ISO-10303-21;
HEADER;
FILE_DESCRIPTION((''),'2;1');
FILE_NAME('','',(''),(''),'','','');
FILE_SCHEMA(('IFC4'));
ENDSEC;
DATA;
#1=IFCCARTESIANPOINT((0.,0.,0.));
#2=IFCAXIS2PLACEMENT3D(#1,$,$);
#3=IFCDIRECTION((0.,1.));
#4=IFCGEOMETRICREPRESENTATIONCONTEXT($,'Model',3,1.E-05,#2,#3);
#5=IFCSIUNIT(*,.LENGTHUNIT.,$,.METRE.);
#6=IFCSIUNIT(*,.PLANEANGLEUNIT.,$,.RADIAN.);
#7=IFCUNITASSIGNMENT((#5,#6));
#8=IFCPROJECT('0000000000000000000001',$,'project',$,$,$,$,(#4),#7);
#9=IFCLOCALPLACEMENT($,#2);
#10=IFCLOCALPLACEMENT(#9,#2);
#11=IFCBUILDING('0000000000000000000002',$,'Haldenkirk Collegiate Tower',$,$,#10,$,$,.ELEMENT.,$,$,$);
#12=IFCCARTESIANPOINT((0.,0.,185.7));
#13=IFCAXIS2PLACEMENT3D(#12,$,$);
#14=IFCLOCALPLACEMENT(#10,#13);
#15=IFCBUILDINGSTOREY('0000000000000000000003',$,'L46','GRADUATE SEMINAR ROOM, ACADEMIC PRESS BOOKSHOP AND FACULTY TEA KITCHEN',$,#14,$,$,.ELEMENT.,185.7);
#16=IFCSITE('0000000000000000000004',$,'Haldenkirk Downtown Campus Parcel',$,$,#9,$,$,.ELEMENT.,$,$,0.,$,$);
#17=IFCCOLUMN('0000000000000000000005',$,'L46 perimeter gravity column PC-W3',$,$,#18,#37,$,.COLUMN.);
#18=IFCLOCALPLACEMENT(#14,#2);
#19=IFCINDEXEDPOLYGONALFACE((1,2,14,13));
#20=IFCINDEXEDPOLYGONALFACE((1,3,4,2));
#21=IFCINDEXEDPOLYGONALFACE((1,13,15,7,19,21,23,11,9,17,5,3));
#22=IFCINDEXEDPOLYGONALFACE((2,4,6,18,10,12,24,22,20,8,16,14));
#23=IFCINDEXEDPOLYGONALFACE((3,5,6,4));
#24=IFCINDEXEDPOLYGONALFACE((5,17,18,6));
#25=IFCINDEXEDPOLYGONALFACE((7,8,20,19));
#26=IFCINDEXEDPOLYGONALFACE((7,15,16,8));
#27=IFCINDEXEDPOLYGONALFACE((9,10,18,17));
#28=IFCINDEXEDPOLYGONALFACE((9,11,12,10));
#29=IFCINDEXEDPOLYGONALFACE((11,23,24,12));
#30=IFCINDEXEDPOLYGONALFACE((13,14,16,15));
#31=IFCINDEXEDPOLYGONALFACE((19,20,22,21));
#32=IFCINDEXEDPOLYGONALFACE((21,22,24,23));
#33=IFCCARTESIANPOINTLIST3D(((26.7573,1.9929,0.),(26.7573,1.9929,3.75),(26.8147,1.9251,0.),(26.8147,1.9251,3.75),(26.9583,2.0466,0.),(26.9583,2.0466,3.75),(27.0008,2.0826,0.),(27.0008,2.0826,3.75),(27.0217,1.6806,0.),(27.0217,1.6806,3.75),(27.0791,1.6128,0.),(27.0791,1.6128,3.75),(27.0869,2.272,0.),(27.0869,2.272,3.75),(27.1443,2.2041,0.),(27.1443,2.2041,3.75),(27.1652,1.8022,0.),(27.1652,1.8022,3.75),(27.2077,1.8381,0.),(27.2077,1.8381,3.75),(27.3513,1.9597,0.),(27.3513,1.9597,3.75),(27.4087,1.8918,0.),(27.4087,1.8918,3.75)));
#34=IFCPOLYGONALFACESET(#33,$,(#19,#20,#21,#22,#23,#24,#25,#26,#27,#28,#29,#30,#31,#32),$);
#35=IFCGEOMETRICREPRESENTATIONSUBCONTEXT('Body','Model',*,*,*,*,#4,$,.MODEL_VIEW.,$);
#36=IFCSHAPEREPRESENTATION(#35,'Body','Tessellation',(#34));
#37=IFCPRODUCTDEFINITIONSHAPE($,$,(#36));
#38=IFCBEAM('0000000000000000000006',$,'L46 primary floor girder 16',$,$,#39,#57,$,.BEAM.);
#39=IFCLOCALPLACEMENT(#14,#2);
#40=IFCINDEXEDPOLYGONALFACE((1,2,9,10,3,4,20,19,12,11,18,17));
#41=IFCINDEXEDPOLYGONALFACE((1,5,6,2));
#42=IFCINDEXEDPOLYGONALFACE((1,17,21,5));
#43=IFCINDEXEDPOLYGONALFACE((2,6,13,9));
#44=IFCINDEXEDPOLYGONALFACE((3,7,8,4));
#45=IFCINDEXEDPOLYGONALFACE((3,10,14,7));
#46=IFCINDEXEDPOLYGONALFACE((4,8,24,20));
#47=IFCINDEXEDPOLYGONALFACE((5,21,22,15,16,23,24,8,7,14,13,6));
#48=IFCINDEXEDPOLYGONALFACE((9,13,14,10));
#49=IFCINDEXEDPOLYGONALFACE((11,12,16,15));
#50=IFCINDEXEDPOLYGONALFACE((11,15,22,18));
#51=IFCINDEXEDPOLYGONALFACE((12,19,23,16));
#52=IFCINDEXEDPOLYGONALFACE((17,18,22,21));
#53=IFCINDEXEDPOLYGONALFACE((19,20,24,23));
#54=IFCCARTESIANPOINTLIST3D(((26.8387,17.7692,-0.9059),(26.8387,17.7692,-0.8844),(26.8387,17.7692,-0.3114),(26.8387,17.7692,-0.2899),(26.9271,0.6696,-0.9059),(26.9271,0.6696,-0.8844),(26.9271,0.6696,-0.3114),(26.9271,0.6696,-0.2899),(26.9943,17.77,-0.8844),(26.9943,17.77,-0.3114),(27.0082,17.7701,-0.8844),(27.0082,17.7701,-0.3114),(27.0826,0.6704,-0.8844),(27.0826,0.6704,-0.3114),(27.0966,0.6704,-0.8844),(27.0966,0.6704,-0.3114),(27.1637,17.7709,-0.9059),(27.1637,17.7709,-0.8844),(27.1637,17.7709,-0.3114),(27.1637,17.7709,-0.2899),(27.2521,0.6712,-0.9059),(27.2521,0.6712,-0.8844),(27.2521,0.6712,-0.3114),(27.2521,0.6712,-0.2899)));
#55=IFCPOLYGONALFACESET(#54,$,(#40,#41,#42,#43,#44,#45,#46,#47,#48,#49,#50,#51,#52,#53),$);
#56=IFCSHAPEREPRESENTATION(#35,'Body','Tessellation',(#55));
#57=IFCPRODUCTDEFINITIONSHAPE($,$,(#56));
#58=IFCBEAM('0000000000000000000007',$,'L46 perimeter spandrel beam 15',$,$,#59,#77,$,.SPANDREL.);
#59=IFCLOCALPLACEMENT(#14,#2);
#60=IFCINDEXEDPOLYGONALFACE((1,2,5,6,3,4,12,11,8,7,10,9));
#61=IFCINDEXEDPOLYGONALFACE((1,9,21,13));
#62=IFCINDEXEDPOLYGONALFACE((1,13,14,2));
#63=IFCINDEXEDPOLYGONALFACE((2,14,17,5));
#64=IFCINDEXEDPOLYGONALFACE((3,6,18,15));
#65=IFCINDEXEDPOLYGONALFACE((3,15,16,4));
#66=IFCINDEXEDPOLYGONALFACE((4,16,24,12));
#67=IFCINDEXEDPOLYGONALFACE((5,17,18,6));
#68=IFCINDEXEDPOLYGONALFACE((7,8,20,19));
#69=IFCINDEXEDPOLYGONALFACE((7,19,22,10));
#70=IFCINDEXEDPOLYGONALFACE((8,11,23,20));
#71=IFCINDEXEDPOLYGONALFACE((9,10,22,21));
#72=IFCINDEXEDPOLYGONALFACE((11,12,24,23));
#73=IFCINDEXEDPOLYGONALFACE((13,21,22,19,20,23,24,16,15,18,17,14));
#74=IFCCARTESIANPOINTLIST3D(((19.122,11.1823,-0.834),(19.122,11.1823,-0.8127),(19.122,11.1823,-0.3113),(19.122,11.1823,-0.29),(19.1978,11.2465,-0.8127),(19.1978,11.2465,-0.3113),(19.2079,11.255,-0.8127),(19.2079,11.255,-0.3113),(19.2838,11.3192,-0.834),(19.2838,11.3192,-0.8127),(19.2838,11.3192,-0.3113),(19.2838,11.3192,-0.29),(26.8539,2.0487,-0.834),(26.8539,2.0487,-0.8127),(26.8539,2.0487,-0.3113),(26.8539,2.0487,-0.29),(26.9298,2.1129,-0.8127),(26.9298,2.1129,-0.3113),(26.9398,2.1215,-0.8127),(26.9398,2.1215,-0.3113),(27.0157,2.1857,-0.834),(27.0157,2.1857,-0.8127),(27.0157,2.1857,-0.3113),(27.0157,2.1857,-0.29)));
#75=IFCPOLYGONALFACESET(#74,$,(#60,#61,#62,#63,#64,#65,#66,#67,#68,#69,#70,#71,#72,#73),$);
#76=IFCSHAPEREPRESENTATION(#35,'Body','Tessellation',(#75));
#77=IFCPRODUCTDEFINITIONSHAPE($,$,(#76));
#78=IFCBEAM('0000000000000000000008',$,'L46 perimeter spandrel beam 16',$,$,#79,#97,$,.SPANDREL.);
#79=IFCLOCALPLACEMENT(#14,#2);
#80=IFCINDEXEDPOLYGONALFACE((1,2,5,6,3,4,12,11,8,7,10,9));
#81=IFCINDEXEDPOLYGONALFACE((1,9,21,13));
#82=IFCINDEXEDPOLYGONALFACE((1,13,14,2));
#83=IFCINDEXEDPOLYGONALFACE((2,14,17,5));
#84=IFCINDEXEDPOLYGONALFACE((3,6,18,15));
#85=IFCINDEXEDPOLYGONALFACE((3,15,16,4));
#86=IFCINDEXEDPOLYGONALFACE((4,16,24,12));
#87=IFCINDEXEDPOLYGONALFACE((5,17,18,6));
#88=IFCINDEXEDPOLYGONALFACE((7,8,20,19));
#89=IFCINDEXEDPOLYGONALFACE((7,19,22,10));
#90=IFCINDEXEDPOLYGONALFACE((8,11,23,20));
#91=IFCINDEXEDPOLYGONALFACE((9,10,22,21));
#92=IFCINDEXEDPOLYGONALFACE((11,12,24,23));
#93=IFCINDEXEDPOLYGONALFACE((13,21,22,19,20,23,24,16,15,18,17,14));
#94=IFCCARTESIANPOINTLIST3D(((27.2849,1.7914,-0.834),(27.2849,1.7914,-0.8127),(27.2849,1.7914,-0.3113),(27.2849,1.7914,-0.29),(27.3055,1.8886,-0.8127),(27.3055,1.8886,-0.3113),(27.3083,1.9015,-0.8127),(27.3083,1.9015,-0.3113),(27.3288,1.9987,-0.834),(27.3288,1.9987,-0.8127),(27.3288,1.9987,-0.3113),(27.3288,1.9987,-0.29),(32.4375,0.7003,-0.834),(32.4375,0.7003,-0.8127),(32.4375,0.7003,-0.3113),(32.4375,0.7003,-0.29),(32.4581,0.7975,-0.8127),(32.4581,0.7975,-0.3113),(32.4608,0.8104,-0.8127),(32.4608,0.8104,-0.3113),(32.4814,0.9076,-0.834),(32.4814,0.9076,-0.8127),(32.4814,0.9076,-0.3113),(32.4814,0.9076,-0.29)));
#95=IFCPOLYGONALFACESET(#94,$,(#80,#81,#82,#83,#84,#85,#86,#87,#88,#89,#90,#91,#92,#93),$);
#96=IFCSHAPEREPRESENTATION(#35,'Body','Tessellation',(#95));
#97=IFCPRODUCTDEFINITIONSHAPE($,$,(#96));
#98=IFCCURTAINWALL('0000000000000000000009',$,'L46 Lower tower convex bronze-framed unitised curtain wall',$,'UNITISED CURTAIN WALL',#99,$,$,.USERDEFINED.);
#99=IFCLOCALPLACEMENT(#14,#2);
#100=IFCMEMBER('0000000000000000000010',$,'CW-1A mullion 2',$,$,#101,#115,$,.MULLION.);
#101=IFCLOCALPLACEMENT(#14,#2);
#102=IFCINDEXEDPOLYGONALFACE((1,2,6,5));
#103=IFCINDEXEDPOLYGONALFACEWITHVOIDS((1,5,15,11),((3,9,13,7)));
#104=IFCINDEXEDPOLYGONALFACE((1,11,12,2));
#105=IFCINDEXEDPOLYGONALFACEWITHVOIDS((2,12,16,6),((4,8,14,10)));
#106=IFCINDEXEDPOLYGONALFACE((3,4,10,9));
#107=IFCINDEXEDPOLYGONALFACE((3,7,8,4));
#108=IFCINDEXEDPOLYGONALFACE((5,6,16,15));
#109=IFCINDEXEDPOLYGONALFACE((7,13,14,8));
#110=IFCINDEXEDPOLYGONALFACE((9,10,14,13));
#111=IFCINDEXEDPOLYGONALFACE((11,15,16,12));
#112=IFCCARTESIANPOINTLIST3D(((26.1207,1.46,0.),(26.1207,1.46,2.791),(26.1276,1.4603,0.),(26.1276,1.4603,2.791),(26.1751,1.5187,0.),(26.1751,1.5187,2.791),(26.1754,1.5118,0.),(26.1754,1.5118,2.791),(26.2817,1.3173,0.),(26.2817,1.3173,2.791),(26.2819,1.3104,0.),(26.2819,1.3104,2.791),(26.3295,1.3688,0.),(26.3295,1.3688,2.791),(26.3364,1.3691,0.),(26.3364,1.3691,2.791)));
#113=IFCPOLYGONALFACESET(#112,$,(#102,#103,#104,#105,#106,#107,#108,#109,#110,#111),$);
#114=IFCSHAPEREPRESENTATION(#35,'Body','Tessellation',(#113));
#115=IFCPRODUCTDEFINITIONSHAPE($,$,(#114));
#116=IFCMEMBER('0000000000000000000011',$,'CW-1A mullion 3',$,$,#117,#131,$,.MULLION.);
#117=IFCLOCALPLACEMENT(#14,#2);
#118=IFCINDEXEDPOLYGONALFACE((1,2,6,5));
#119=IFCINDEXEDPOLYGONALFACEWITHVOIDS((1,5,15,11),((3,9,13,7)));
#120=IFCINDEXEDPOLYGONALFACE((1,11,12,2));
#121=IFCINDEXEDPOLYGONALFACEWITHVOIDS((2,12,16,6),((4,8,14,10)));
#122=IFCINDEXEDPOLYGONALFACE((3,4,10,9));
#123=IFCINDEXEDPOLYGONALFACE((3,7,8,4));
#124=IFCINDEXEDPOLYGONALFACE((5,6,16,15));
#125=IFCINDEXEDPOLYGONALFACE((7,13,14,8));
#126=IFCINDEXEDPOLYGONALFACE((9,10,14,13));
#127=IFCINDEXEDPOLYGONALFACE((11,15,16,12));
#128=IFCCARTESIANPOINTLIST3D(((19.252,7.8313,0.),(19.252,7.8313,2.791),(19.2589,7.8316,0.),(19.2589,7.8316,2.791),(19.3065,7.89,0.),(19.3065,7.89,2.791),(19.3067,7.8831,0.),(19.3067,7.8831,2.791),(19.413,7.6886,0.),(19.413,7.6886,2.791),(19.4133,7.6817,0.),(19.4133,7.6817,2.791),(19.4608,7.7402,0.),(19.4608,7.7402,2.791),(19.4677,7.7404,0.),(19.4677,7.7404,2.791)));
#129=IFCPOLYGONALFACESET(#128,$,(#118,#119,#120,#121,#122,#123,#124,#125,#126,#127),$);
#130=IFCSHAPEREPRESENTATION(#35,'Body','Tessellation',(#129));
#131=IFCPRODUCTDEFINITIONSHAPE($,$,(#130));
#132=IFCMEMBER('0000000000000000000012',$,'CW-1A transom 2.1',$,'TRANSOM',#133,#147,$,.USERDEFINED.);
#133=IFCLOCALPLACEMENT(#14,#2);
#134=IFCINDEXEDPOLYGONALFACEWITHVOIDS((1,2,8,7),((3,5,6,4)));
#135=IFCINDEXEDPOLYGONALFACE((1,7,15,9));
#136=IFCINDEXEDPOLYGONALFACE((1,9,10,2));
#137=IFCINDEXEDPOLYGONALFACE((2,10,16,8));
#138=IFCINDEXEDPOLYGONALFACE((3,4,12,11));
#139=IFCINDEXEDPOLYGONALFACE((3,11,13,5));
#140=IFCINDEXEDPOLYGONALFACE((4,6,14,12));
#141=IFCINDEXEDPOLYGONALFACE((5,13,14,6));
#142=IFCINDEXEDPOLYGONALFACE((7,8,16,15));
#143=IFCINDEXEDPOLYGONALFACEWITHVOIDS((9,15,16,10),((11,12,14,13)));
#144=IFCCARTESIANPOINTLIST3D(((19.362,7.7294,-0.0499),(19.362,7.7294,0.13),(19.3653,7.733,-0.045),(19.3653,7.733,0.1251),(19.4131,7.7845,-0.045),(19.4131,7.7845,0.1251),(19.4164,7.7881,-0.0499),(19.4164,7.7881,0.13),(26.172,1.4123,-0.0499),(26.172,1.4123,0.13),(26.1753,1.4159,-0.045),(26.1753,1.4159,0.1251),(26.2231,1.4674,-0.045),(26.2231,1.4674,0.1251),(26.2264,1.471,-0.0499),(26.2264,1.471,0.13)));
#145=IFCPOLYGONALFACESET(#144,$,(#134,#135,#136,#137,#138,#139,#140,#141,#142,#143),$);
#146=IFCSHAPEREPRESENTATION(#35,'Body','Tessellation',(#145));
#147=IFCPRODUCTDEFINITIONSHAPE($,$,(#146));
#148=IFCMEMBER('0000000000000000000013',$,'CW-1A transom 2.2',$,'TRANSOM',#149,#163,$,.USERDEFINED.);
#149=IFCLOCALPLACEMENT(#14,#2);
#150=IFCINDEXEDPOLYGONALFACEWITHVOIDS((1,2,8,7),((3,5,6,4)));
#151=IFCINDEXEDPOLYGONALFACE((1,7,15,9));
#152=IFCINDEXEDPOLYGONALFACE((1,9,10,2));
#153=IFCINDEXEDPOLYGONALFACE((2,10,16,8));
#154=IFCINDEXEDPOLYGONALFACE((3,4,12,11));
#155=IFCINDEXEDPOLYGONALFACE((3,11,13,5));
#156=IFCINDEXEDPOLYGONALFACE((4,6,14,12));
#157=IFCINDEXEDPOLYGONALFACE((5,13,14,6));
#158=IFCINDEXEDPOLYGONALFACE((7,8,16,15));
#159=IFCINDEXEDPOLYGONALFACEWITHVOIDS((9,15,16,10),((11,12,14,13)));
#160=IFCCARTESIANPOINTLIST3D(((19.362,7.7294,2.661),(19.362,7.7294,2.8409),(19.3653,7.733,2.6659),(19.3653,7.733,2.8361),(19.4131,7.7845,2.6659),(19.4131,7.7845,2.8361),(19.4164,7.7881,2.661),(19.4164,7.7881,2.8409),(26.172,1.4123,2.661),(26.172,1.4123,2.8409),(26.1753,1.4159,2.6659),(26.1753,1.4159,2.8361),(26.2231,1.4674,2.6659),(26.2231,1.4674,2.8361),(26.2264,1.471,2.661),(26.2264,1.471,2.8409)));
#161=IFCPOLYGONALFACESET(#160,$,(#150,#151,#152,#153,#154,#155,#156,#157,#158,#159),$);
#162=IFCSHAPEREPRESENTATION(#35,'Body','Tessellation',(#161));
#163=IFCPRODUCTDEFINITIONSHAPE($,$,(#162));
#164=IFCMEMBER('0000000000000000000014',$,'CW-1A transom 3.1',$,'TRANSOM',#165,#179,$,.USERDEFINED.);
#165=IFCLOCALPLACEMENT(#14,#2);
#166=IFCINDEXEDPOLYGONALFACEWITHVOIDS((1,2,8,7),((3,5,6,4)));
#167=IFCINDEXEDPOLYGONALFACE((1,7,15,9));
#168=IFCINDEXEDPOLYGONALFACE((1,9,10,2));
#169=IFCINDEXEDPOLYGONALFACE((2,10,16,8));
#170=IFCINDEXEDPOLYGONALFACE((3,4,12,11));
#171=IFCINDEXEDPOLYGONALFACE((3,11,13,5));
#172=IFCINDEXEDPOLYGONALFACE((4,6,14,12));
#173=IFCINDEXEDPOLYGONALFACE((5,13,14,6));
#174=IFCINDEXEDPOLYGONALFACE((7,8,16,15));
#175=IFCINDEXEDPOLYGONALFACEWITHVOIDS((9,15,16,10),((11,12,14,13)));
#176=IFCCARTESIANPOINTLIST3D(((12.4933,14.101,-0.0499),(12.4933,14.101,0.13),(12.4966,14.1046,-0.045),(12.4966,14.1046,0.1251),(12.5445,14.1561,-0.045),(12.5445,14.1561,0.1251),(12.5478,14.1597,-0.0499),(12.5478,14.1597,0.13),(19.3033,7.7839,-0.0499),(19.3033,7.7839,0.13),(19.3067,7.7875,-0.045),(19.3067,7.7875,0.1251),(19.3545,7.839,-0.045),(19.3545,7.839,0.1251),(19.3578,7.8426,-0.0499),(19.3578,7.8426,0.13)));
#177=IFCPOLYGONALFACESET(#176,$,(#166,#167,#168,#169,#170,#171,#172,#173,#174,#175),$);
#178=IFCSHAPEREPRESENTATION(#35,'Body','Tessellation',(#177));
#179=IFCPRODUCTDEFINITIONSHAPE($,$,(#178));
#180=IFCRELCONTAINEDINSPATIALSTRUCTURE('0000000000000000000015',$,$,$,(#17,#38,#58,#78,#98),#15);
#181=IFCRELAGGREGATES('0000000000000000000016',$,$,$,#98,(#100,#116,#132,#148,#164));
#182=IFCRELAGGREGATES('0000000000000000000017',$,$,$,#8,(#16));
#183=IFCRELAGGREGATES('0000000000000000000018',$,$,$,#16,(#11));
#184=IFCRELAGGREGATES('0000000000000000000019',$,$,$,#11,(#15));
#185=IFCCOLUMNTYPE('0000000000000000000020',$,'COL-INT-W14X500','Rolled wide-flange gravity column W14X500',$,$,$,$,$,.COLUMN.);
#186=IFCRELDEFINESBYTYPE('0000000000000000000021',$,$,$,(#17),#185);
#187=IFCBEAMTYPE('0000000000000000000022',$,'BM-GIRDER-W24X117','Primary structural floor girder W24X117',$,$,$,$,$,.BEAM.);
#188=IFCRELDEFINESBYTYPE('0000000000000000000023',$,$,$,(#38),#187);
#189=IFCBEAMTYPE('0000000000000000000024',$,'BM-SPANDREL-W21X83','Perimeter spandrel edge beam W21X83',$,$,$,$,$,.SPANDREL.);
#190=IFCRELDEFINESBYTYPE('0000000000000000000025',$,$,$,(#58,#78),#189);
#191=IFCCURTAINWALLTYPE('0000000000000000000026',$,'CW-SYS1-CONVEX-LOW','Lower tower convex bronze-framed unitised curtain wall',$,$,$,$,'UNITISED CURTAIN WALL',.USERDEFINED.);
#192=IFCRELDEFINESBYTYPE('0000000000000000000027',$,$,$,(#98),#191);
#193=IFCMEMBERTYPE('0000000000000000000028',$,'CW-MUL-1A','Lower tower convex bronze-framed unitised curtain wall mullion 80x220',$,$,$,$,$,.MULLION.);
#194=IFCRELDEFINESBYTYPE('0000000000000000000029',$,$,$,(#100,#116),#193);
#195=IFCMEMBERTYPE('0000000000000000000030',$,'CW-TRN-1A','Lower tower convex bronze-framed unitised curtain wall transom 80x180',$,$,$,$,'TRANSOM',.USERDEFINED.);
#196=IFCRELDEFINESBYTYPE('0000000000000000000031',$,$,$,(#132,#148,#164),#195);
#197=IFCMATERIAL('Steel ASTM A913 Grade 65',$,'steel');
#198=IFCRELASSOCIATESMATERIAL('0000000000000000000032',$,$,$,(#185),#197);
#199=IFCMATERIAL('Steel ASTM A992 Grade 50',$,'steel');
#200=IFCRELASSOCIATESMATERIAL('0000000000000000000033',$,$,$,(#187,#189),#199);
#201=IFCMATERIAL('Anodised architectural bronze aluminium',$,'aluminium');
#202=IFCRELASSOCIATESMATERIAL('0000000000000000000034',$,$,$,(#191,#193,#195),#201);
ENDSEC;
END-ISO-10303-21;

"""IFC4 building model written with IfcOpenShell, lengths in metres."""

from ifc_helpers import new_model, si_unit, direction, frame, origin, origin_2d, place, context, subcontext, project, spatial, hollow_rectangle, i_section, extrude, material, material_profile, profile_set, type_object, element, aggregate, save


model = new_model("IFC4")

# Units and contexts
model_context = context("Model", 3, precision=1e-05, world=origin(), true_north=direction((0.0, 1.0)))
body_context = subcontext(model_context, "Body", "Model", "MODEL_VIEW")
ifc_project = project(units=[si_unit("LENGTHUNIT", "METRE"), si_unit("PLANEANGLEUNIT", "RADIAN")], contexts=[model_context])

# Site, building, storey
site_placement = place(None, origin())
site = spatial("IfcSite", under=ifc_project, at=site_placement, Name="Haldenkirk Downtown Campus Parcel", CompositionType="ELEMENT", RefElevation=0.0)
building_placement = place(site_placement, origin())
building = spatial("IfcBuilding", under=site, at=building_placement, Name="Haldenkirk Collegiate Tower", CompositionType="ELEMENT")
storey_placement = place(building_placement, frame((0.0, 0.0, 185.7)))
storey = spatial("IfcBuildingStorey", under=building, at=storey_placement, Name="L46", Description="GRADUATE SEMINAR ROOM, ACADEMIC PRESS BOOKSHOP AND FACULTY TEA KITCHEN", CompositionType="ELEMENT", Elevation=185.7)

# Column
ifc_material_1 = material(Name="Steel ASTM A913 Grade 65", Category="steel")
ifc_material_profile_1 = material_profile(ifc_material_1, i_section(OverallWidth=0.4319, OverallDepth=0.498, WebThickness=0.0557, FlangeThickness=0.0889, at=origin_2d()), Name="W14X500")
ifc_profile_set_1 = profile_set([ifc_material_profile_1], Name="Steel ASTM A913 Grade 65")
column_type = type_object("IfcColumnType", Name="COL-INT-W14X500", Description="Rolled wide-flange gravity column W14X500", PredefinedType="COLUMN", material=ifc_profile_set_1)
column_placement = place(storey_placement, frame((27.083, 1.9424, 0.0), z_axis=(0.0, 0.0, 1.0), x_axis=(0.763232, 0.646124, 0.0)))
element("IfcColumn", 1, at=column_placement, inside=storey, type_object=column_type, Name="L46 perimeter gravity column PC-W3", PredefinedType="COLUMN", context=body_context, shape_type="SweptSolid", body=[
    extrude(i_section(OverallWidth=0.4319, OverallDepth=0.498, WebThickness=0.0557, FlangeThickness=0.0889, at=origin_2d()), origin(), (0.0, 0.0, 1.0), 3.75),
])

# Beams
ifc_material_2 = material(Name="Steel ASTM A992 Grade 50", Category="steel")
ifc_material_profile_2 = material_profile(ifc_material_2, i_section(OverallWidth=0.325, OverallDepth=0.616, WebThickness=0.0139, FlangeThickness=0.0215, at=origin_2d()), Name="W24X117")
ifc_profile_set_2 = profile_set([ifc_material_profile_2], Name="Steel ASTM A992 Grade 50")
beam_type_1 = type_object("IfcBeamType", Name="BM-GIRDER-W24X117", Description="Primary structural floor girder W24X117", PredefinedType="BEAM", material=ifc_profile_set_2)
beam_1_placement = place(storey_placement, frame((27.0896, 0.6704, -0.5979), z_axis=(-0.005168, 0.999987, 0.0), x_axis=(-0.999987, -0.005168, 0.0)))
element("IfcBeam", 2, at=beam_1_placement, inside=storey, type_object=beam_type_1, Name="L46 primary floor girder 16", PredefinedType="BEAM", context=body_context, shape_type="SweptSolid", body=[
    extrude(i_section(OverallWidth=0.325, OverallDepth=0.616, WebThickness=0.0139, FlangeThickness=0.0215, at=origin_2d()), origin(), (0.0, 0.0, 1.0), 17.0999),
])
ifc_material_profile_3 = material_profile(ifc_material_2, i_section(OverallWidth=0.2119, OverallDepth=0.5439, WebThickness=0.0132, FlangeThickness=0.0212, at=origin_2d()), Name="W21X83")
ifc_profile_set_3 = profile_set([ifc_material_profile_3], Name="Steel ASTM A992 Grade 50")
beam_type_2 = type_object("IfcBeamType", Name="BM-SPANDREL-W21X83", Description="Perimeter spandrel edge beam W21X83", PredefinedType="SPANDREL", material=ifc_profile_set_3)
beam_2_placement = place(storey_placement, frame((19.2029, 11.2507, -0.562), z_axis=(0.646115, -0.76324, 0.0), x_axis=(0.76324, 0.646115, 0.0)))
element("IfcBeam", 3, at=beam_2_placement, inside=storey, type_object=beam_type_2, Name="L46 perimeter spandrel beam 15", PredefinedType="SPANDREL", context=body_context, shape_type="SweptSolid", body=[
    extrude(i_section(OverallWidth=0.2119, OverallDepth=0.5439, WebThickness=0.0132, FlangeThickness=0.0212, at=origin_2d()), origin(), (0.0, 0.0, 1.0), 11.9668),
])
beam_3_placement = place(storey_placement, frame((27.3069, 1.895, -0.562), z_axis=(0.978308, -0.207157, 0.0), x_axis=(0.207157, 0.978308, 0.0)))
element("IfcBeam", 4, at=beam_3_placement, inside=storey, type_object=beam_type_2, Name="L46 perimeter spandrel beam 16", PredefinedType="SPANDREL", context=body_context, shape_type="SweptSolid", body=[
    extrude(i_section(OverallWidth=0.2119, OverallDepth=0.5439, WebThickness=0.0132, FlangeThickness=0.0212, at=origin_2d()), origin(), (0.0, 0.0, 1.0), 5.2668),
])

# Curtain wall, members
ifc_material_3 = material(Name="Anodised architectural bronze aluminium", Category="aluminium")
curtain_wall_type = type_object("IfcCurtainWallType", Name="CW-SYS1-CONVEX-LOW", Description="Lower tower convex bronze-framed unitised curtain wall", ElementType="UNITISED CURTAIN WALL", PredefinedType="USERDEFINED", material=ifc_material_3)
curtain_wall_placement = place(storey_placement, origin())
curtain_wall = element("IfcCurtainWall", 5, at=curtain_wall_placement, inside=storey, type_object=curtain_wall_type, Name="L46 Lower tower convex bronze-framed unitised curtain wall", ObjectType="UNITISED CURTAIN WALL", PredefinedType="USERDEFINED")
ifc_material_profile_4 = material_profile(ifc_material_3, hollow_rectangle(XDim=0.0801, YDim=0.22, WallThickness=0.0049, at=origin_2d()), Name="CW-MUL-1A")
ifc_profile_set_4 = profile_set([ifc_material_profile_4], Name="Anodised architectural bronze aluminium")
member_type_1 = type_object("IfcMemberType", Name="CW-MUL-1A", Description="Lower tower convex bronze-framed unitised curtain wall mullion 80x220", PredefinedType="MULLION", material=ifc_profile_set_4)
member_1_placement = place(storey_placement, frame((26.2285, 1.4146, 0.0), z_axis=(0.0, 0.0, 1.0), x_axis=(-0.680081, -0.733137, 0.0)))
member_1 = element("IfcMember", 6, at=member_1_placement, type_object=member_type_1, Name="CW-1A mullion 2", PredefinedType="MULLION", context=body_context, shape_type="SweptSolid", body=[
    extrude(hollow_rectangle(XDim=0.0801, YDim=0.22, WallThickness=0.0049, at=origin_2d()), origin(), (0.0, 0.0, 1.0), 2.791),
])
member_2_placement = place(storey_placement, frame((19.3599, 7.7859, 0.0), z_axis=(0.0, 0.0, 1.0), x_axis=(-0.680081, -0.733137, 0.0)))
member_2 = element("IfcMember", 7, at=member_2_placement, type_object=member_type_1, Name="CW-1A mullion 3", PredefinedType="MULLION", context=body_context, shape_type="SweptSolid", body=[
    extrude(hollow_rectangle(XDim=0.0801, YDim=0.22, WallThickness=0.0049, at=origin_2d()), origin(), (0.0, 0.0, 1.0), 2.791),
])
ifc_material_profile_5 = material_profile(ifc_material_3, hollow_rectangle(XDim=0.0801, YDim=0.1799, WallThickness=0.0049, at=origin_2d()), Name="CW-TRN-1A")
ifc_profile_set_5 = profile_set([ifc_material_profile_5], Name="Anodised architectural bronze aluminium")
member_type_2 = type_object("IfcMemberType", Name="CW-TRN-1A", Description="Lower tower convex bronze-framed unitised curtain wall transom 80x180", ElementType="TRANSOM", PredefinedType="USERDEFINED", material=ifc_profile_set_5)
member_3_placement = place(storey_placement, frame((26.1992, 1.4417, 0.04), z_axis=(-0.733142, 0.680076, 0.0), x_axis=(-0.680076, -0.733142, 0.0)))
member_3 = element("IfcMember", 8, at=member_3_placement, type_object=member_type_2, Name="CW-1A transom 2.1", ObjectType="TRANSOM", PredefinedType="USERDEFINED", context=body_context, shape_type="SweptSolid", body=[
    extrude(hollow_rectangle(XDim=0.0801, YDim=0.1799, WallThickness=0.0049, at=origin_2d()), origin(), (0.0, 0.0, 1.0), 9.2888),
])
member_4_placement = place(storey_placement, frame((26.1992, 1.4417, 2.751), z_axis=(-0.733142, 0.680076, 0.0), x_axis=(-0.680076, -0.733142, 0.0)))
member_4 = element("IfcMember", 9, at=member_4_placement, type_object=member_type_2, Name="CW-1A transom 2.2", ObjectType="TRANSOM", PredefinedType="USERDEFINED", context=body_context, shape_type="SweptSolid", body=[
    extrude(hollow_rectangle(XDim=0.0801, YDim=0.1799, WallThickness=0.0049, at=origin_2d()), origin(), (0.0, 0.0, 1.0), 9.2888),
])
member_5_placement = place(storey_placement, frame((19.3306, 7.8132, 0.04), z_axis=(-0.733142, 0.680076, 0.0), x_axis=(-0.680076, -0.733142, 0.0)))
member_5 = element("IfcMember", 10, at=member_5_placement, type_object=member_type_2, Name="CW-1A transom 3.1", ObjectType="TRANSOM", PredefinedType="USERDEFINED", context=body_context, shape_type="SweptSolid", body=[
    extrude(hollow_rectangle(XDim=0.0801, YDim=0.1799, WallThickness=0.0049, at=origin_2d()), origin(), (0.0, 0.0, 1.0), 9.2888),
])
aggregate(curtain_wall, [member_1, member_2, member_3, member_4, member_5])

save(model, "model.ifc")
